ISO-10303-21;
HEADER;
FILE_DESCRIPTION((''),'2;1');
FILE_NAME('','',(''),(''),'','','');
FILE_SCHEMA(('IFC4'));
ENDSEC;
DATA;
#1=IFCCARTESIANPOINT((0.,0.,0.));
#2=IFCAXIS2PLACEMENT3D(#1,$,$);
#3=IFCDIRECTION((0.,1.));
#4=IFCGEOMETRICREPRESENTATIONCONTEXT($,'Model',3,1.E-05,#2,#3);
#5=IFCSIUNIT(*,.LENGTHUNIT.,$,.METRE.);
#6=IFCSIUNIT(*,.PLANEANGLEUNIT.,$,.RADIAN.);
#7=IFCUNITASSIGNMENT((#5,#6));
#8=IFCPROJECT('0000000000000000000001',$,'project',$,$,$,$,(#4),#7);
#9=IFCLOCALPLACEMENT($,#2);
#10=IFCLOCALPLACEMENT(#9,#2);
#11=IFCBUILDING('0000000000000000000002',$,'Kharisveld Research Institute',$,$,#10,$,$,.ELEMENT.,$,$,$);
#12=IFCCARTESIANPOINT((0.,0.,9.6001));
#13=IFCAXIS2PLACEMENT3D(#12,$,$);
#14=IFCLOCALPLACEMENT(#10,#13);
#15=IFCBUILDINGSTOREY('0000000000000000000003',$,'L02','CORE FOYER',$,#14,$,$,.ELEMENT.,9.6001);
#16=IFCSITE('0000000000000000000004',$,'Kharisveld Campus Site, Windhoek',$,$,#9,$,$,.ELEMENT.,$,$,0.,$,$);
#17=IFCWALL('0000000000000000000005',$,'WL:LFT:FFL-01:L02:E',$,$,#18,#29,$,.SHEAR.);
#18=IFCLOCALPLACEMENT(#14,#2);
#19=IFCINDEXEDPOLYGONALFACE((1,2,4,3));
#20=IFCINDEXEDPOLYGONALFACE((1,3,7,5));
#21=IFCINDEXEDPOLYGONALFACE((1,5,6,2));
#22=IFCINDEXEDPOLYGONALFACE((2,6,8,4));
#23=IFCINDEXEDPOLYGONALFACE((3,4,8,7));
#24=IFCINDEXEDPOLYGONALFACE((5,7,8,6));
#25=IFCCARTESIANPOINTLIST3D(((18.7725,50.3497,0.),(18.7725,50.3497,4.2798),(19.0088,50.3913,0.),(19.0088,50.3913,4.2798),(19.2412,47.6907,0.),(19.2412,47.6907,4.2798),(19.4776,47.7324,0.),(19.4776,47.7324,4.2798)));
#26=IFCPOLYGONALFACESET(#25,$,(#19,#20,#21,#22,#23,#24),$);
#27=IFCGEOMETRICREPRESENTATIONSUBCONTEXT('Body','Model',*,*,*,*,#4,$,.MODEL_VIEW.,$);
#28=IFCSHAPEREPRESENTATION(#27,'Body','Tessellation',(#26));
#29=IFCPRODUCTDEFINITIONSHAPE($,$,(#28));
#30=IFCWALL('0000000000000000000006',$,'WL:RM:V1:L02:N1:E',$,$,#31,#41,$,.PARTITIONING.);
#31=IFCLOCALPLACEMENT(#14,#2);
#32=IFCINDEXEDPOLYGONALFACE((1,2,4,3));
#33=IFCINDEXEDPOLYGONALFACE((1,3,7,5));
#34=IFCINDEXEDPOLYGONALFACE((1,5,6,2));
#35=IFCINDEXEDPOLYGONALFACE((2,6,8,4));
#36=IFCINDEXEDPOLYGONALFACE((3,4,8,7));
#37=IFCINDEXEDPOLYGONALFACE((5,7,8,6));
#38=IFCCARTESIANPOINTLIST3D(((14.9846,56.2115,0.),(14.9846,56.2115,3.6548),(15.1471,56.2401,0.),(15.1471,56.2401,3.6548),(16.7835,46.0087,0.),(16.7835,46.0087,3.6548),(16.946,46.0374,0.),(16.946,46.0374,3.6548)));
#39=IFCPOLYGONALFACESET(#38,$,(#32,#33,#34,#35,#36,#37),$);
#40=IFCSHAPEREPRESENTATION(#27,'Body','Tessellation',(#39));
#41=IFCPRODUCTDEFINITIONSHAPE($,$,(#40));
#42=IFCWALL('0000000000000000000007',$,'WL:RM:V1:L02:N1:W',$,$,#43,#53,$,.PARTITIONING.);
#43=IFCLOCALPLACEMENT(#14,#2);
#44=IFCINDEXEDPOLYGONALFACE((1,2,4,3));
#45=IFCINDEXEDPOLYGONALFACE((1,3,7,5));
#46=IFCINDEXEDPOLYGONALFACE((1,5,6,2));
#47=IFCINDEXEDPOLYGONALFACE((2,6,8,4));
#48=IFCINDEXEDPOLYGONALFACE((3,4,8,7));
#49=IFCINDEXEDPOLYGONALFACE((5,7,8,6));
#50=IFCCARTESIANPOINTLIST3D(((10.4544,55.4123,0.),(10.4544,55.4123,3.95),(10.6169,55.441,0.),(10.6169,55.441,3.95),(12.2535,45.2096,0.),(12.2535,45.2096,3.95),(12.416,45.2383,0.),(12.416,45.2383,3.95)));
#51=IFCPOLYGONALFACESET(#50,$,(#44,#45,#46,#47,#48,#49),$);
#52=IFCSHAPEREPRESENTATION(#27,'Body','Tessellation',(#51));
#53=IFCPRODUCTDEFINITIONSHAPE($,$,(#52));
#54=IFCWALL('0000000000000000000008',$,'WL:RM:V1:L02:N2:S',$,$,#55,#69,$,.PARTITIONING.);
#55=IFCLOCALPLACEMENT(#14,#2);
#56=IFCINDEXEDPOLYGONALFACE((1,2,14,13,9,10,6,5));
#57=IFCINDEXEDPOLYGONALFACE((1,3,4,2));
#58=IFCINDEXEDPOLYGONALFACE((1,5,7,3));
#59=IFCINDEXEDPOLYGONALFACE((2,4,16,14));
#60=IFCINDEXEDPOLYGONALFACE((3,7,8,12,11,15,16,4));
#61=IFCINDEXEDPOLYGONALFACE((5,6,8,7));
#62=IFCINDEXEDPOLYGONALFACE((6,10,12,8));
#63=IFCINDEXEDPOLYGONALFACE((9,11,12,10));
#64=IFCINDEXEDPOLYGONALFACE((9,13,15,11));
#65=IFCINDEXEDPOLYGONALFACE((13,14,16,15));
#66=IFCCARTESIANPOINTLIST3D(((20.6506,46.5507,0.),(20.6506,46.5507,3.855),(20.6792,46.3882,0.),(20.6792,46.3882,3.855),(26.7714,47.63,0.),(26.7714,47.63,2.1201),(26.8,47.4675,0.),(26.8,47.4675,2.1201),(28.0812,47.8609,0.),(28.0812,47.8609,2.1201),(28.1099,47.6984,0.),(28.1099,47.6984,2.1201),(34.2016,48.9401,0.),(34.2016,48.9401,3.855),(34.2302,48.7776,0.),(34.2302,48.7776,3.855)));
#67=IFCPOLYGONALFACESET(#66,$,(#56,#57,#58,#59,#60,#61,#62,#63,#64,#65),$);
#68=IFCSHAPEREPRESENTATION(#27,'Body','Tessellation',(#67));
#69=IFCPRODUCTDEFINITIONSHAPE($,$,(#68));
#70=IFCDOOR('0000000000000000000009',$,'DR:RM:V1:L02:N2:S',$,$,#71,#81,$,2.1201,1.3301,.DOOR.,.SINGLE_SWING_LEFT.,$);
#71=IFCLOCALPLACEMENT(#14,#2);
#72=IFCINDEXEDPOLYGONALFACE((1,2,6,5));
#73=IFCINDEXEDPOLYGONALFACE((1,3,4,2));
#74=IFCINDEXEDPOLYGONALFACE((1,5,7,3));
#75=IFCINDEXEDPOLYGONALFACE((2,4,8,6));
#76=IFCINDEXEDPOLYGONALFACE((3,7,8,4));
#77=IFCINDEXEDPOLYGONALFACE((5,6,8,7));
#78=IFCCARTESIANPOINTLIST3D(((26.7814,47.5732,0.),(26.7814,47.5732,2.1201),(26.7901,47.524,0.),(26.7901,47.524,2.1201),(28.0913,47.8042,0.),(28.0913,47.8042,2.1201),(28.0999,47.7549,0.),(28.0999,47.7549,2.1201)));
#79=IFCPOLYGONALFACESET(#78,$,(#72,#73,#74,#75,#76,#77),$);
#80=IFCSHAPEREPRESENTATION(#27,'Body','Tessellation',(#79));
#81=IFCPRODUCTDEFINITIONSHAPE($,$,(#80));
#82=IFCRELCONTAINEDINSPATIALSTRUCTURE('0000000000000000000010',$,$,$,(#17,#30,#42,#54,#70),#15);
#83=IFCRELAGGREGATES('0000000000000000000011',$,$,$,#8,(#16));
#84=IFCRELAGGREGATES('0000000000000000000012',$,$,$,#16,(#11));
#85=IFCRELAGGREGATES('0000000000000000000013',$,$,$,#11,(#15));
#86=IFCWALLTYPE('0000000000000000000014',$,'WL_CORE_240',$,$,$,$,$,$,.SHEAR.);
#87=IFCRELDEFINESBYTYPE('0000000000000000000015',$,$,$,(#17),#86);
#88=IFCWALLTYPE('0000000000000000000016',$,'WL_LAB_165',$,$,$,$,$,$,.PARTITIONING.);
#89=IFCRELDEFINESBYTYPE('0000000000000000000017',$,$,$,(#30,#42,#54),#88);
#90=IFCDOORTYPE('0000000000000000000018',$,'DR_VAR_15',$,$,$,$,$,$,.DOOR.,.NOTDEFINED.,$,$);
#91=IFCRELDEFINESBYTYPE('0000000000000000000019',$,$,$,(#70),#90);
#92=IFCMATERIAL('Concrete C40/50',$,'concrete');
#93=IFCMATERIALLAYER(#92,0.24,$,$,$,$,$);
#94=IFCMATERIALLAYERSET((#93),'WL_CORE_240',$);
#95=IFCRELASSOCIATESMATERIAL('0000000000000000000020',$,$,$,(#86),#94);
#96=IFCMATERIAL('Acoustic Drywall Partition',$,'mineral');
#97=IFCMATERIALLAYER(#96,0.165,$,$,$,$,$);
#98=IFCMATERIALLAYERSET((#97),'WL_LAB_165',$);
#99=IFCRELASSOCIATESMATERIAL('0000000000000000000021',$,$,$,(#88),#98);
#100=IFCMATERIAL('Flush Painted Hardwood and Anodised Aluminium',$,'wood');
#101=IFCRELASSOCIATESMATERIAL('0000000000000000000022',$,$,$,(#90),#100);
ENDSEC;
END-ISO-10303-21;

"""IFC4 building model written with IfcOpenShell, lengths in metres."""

from ifc_helpers import new_model, si_unit, direction, frame, frame_2d, origin, place, context, subcontext, project, spatial, rectangle, extrude, material, layer, layer_set, type_object, element, fill, save


model = new_model("IFC4")

# Units and contexts
model_context = context("Model", 3, precision=1e-05, world=origin(), true_north=direction((0.0, 1.0)))
body_context = subcontext(model_context, "Body", "Model", "MODEL_VIEW")
ifc_project = project(units=[si_unit("LENGTHUNIT", "METRE"), si_unit("PLANEANGLEUNIT", "RADIAN")], contexts=[model_context])

# Site, building, storey
site_placement = place(None, origin())
site = spatial("IfcSite", under=ifc_project, at=site_placement, Name="Kharisveld Campus Site, Windhoek", CompositionType="ELEMENT", RefElevation=0.0)
building_placement = place(site_placement, origin())
building = spatial("IfcBuilding", under=site, at=building_placement, Name="Kharisveld Research Institute", CompositionType="ELEMENT")
storey_placement = place(building_placement, frame((0.0, 0.0, 9.6001)))
storey = spatial("IfcBuildingStorey", under=building, at=storey_placement, Name="L02", Description="CORE FOYER", CompositionType="ELEMENT", Elevation=9.6001)

# Wall
ifc_material_1 = material(Name="Concrete C40/50", Category="concrete")
ifc_layer_1 = layer(ifc_material_1, 0.24)
ifc_layer_set_1 = layer_set([ifc_layer_1], Name="WL_CORE_240")
wall_type_1 = type_object("IfcWallType", Name="WL_CORE_240", PredefinedType="SHEAR", material=ifc_layer_set_1)
wall_1_placement = place(storey_placement, frame((18.8906, 50.3706, 0.0), z_axis=(0.0, 0.0, 1.0), x_axis=(0.173615, -0.984814, 0.0)))
element("IfcWall", 1, at=wall_1_placement, inside=storey, type_object=wall_type_1, Name="WL:LFT:FFL-01:L02:E", PredefinedType="SHEAR", context=body_context, shape_type="SweptSolid", body=[
    extrude(rectangle(XDim=2.7, YDim=0.24, at=frame_2d((1.3501, 0.0))), origin(), (0.0, 0.0, 1.0), 4.2798),
])

# Walls
ifc_material_2 = material(Name="Acoustic Drywall Partition", Category="mineral")
ifc_layer_2 = layer(ifc_material_2, 0.165)
ifc_layer_set_2 = layer_set([ifc_layer_2], Name="WL_LAB_165")
wall_type_2 = type_object("IfcWallType", Name="WL_LAB_165", PredefinedType="PARTITIONING", material=ifc_layer_set_2)
wall_2_placement = place(storey_placement, frame((16.8647, 46.0229, 0.0), z_axis=(0.0, 0.0, 1.0), x_axis=(-0.173632, 0.984811, 0.0)))
element("IfcWall", 2, at=wall_2_placement, inside=storey, type_object=wall_type_2, Name="WL:RM:V1:L02:N1:E", PredefinedType="PARTITIONING", context=body_context, shape_type="SweptSolid", body=[
    extrude(rectangle(XDim=10.3601, YDim=0.165, at=frame_2d((5.1802, 0.0))), origin(), (0.0, 0.0, 1.0), 3.6548),
])
wall_3_placement = place(storey_placement, frame((10.5356, 55.4268, 0.0), z_axis=(0.0, 0.0, 1.0), x_axis=(0.173655, -0.984807, 0.0)))
element("IfcWall", 3, at=wall_3_placement, inside=storey, type_object=wall_type_2, Name="WL:RM:V1:L02:N1:W", PredefinedType="PARTITIONING", context=body_context, shape_type="SweptSolid", body=[
    extrude(rectangle(XDim=10.3601, YDim=0.165, at=frame_2d((5.1802, 0.0))), origin(), (0.0, 0.0, 1.0), 3.95),
])

# Wall, opening, door
wall_4_placement = place(storey_placement, frame((20.665, 46.4695, 0.0), z_axis=(0.0, 0.0, 1.0), x_axis=(0.984808, 0.173648, 0.0)))
wall_4 = element("IfcWall", 4, at=wall_4_placement, inside=storey, type_object=wall_type_2, Name="WL:RM:V1:L02:N2:S", PredefinedType="PARTITIONING", context=body_context, shape_type="SweptSolid", body=[
    extrude(rectangle(XDim=13.76, YDim=0.165, at=frame_2d((6.8799, 0.0))), origin(), (0.0, 0.0, 1.0), 3.855),
])
opening_1_placement = place(wall_4_placement, frame((6.2151, 0.0, 0.0)))
opening_1 = element("IfcOpeningElement", 5, at=opening_1_placement, cuts=wall_4, PredefinedType="OPENING", context=body_context, shape_type="SweptSolid", body=[
    extrude(rectangle(XDim=1.3301, YDim=2.1201, at=frame_2d((0.665, 1.0601))), frame((0.0, 0.0825, 0.0), z_axis=(0.0, -1.0, 0.0), x_axis=(1.0, 0.0, 0.0)), (0.0, 0.0, 1.0), 0.165),
])
ifc_material_3 = material(Name="Flush Painted Hardwood and Anodised Aluminium", Category="wood")
door_type_1 = type_object("IfcDoorType", Name="DR_VAR_15", OperationType="NOTDEFINED", PredefinedType="DOOR", material=ifc_material_3)
door_1_placement = place(opening_1_placement, origin())
door_1 = element("IfcDoor", 6, at=door_1_placement, inside=storey, type_object=door_type_1, Name="DR:RM:V1:L02:N2:S", OperationType="SINGLE_SWING_LEFT", OverallHeight=2.1201, OverallWidth=1.3301, PredefinedType="DOOR", context=body_context, shape_type="SweptSolid", body=[
    extrude(rectangle(XDim=1.3301, YDim=2.1201, at=frame_2d((0.665, 1.0601))), frame((0.0, 0.0249, 0.0), z_axis=(0.0, -1.0, 0.0), x_axis=(1.0, 0.0, 0.0)), (0.0, 0.0, 1.0), 0.05),
])
fill(opening_1, door_1)

save(model, "model.ifc")
